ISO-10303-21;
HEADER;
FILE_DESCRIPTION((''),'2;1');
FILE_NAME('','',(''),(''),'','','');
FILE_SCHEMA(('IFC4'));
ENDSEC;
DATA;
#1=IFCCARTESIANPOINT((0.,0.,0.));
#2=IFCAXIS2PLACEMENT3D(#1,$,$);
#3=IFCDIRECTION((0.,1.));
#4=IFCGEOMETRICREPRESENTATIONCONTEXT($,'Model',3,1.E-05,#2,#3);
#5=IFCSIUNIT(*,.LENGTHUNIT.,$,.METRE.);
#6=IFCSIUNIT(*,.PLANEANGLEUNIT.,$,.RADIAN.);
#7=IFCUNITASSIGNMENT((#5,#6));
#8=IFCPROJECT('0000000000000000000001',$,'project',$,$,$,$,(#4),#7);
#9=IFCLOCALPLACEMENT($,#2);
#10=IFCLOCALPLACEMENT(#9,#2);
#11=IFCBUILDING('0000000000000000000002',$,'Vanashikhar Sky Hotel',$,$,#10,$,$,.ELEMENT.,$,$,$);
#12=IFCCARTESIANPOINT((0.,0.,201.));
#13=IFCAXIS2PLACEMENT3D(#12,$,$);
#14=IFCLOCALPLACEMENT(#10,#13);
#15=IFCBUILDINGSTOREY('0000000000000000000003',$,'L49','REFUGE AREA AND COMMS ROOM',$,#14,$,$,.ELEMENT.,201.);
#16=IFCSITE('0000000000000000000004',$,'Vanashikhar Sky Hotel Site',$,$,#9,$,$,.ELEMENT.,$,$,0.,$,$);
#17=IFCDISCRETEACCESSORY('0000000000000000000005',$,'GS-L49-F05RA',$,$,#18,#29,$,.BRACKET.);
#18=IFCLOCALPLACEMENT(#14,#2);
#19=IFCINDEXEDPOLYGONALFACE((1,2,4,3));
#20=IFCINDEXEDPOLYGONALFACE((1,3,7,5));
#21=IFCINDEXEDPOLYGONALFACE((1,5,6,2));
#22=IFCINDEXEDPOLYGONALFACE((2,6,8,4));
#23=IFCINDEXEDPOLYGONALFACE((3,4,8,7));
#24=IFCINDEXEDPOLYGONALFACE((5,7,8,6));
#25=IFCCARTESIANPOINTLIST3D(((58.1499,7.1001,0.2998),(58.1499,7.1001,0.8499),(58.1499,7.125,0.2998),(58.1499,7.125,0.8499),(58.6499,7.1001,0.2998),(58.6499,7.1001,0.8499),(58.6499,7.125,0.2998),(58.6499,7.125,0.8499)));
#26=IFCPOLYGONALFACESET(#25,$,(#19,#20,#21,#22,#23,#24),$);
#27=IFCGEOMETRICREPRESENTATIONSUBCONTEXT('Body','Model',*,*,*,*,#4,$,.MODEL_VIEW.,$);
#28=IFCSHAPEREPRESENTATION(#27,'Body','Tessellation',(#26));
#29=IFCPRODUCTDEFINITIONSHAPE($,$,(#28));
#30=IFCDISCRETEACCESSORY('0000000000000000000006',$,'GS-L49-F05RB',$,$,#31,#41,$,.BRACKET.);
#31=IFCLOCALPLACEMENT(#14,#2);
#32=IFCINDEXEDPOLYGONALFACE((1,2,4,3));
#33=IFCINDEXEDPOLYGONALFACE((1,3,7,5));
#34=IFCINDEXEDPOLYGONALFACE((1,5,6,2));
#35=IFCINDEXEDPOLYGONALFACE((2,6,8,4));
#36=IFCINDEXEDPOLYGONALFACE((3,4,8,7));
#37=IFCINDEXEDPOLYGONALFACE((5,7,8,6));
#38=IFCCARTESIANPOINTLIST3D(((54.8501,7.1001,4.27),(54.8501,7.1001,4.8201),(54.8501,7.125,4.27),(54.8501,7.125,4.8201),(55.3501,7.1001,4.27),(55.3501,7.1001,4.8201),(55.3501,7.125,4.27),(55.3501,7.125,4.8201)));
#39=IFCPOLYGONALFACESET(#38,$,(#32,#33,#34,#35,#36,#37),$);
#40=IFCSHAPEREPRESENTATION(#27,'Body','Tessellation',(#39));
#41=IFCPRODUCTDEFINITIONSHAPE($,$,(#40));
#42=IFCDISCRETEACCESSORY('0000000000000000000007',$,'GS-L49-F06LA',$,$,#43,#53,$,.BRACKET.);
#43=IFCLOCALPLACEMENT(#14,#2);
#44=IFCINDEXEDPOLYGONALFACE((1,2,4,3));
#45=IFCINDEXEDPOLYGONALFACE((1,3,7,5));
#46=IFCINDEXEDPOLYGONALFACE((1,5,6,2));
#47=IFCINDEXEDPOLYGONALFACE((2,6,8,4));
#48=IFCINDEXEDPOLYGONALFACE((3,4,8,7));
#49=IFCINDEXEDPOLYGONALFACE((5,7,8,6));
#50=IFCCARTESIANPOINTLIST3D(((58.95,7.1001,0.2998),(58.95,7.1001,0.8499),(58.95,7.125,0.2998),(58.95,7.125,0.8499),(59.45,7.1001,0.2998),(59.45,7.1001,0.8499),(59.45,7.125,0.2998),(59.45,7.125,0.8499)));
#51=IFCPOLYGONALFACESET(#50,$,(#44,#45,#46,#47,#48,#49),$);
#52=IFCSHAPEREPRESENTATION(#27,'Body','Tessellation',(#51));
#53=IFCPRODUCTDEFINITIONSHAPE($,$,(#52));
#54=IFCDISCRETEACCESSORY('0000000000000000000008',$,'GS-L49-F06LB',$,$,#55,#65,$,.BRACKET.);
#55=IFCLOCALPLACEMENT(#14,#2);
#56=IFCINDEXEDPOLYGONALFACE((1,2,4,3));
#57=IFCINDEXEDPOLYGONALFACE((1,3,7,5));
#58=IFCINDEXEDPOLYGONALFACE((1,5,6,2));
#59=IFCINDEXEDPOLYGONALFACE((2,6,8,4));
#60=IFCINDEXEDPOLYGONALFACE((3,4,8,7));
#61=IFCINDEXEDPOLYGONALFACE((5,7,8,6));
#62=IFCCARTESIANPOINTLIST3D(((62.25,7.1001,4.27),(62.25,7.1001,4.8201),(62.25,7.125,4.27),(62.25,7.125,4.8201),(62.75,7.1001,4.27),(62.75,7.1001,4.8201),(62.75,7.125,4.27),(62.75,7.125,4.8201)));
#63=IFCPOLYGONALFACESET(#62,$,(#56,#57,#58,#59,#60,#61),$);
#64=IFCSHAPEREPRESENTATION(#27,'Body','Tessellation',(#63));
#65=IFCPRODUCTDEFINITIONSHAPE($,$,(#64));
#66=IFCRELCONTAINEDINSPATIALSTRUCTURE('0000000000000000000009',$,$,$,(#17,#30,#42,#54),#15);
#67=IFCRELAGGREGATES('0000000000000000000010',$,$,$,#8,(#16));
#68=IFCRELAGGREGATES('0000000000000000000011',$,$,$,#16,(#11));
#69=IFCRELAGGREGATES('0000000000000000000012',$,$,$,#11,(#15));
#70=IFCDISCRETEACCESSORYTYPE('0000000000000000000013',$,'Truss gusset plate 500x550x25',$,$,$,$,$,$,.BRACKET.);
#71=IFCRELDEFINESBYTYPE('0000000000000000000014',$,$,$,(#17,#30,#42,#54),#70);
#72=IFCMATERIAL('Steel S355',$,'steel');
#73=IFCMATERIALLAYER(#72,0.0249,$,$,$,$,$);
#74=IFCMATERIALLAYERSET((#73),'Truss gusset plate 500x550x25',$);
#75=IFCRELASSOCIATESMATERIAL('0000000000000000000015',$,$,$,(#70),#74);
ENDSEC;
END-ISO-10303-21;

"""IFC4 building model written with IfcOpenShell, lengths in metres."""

from ifc_helpers import new_model, si_unit, direction, frame, origin, origin_2d, place, context, subcontext, project, spatial, rectangle, extrude, source, transform, mapped, material, layer, layer_set, type_object, element, save


model = new_model("IFC4")

# Units and contexts
model_context = context("Model", 3, precision=1e-05, world=origin(), true_north=direction((0.0, 1.0)))
body_context = subcontext(model_context, "Body", "Model", "MODEL_VIEW")
ifc_project = project(units=[si_unit("LENGTHUNIT", "METRE"), si_unit("PLANEANGLEUNIT", "RADIAN")], contexts=[model_context])

# Site, building, storey
site_placement = place(None, origin())
site = spatial("IfcSite", under=ifc_project, at=site_placement, Name="Vanashikhar Sky Hotel Site", CompositionType="ELEMENT", RefElevation=0.0)
building_placement = place(site_placement, origin())
building = spatial("IfcBuilding", under=site, at=building_placement, Name="Vanashikhar Sky Hotel", CompositionType="ELEMENT")
storey_placement = place(building_placement, frame((0.0, 0.0, 201.0)))
storey = spatial("IfcBuildingStorey", under=building, at=storey_placement, Name="L49", Description="REFUGE AREA AND COMMS ROOM", CompositionType="ELEMENT", Elevation=201.0)

# Shared definitions
ifc_material_1 = material(Name="Steel S355", Category="steel")

# Discrete accessories
ifc_layer_1 = layer(ifc_material_1, 0.0249)
ifc_layer_set_1 = layer_set([ifc_layer_1], Name="Truss gusset plate 500x550x25")
discrete_accessory_type_1 = type_object("IfcDiscreteAccessoryType", Name="Truss gusset plate 500x550x25", PredefinedType="BRACKET", material=ifc_layer_set_1)
shared_shape_1 = source(origin(), body_context, "Body", "SweptSolid", [
    extrude(rectangle(XDim=0.5, YDim=0.0249, at=origin_2d()), origin(), (0.0, 0.0, 1.0), 0.55),
])
for number, where, z_axis, x_axis, name in (
    (1, (58.3999, 7.1125, 0.2998), (0.0, 0.0, 1.0), (1.0, 0.0, 0.0), "GS-L49-F05RA"),
    (2, (55.1001, 7.1125, 4.27), (0.0, 0.0, 1.0), (1.0, 0.0, 0.0), "GS-L49-F05RB"),
    (3, (59.2, 7.1125, 0.2998), (0.0, 0.0, 1.0), (1.0, 0.0, 0.0), "GS-L49-F06LA"),
    (4, (62.5, 7.1125, 4.27), (0.0, 0.0, 1.0), (1.0, 0.0, 0.0), "GS-L49-F06LB"),
):
    element("IfcDiscreteAccessory", number, at=place(storey_placement, frame(where, z_axis=z_axis, x_axis=x_axis)), inside=storey, type_object=discrete_accessory_type_1, Name=name, PredefinedType="BRACKET", context=body_context, shape_type="MappedRepresentation", body=[
        mapped(shared_shape_1, transform((0.0, 0.0, 0.0), scale=1.0)),
    ])

save(model, "model.ifc")
